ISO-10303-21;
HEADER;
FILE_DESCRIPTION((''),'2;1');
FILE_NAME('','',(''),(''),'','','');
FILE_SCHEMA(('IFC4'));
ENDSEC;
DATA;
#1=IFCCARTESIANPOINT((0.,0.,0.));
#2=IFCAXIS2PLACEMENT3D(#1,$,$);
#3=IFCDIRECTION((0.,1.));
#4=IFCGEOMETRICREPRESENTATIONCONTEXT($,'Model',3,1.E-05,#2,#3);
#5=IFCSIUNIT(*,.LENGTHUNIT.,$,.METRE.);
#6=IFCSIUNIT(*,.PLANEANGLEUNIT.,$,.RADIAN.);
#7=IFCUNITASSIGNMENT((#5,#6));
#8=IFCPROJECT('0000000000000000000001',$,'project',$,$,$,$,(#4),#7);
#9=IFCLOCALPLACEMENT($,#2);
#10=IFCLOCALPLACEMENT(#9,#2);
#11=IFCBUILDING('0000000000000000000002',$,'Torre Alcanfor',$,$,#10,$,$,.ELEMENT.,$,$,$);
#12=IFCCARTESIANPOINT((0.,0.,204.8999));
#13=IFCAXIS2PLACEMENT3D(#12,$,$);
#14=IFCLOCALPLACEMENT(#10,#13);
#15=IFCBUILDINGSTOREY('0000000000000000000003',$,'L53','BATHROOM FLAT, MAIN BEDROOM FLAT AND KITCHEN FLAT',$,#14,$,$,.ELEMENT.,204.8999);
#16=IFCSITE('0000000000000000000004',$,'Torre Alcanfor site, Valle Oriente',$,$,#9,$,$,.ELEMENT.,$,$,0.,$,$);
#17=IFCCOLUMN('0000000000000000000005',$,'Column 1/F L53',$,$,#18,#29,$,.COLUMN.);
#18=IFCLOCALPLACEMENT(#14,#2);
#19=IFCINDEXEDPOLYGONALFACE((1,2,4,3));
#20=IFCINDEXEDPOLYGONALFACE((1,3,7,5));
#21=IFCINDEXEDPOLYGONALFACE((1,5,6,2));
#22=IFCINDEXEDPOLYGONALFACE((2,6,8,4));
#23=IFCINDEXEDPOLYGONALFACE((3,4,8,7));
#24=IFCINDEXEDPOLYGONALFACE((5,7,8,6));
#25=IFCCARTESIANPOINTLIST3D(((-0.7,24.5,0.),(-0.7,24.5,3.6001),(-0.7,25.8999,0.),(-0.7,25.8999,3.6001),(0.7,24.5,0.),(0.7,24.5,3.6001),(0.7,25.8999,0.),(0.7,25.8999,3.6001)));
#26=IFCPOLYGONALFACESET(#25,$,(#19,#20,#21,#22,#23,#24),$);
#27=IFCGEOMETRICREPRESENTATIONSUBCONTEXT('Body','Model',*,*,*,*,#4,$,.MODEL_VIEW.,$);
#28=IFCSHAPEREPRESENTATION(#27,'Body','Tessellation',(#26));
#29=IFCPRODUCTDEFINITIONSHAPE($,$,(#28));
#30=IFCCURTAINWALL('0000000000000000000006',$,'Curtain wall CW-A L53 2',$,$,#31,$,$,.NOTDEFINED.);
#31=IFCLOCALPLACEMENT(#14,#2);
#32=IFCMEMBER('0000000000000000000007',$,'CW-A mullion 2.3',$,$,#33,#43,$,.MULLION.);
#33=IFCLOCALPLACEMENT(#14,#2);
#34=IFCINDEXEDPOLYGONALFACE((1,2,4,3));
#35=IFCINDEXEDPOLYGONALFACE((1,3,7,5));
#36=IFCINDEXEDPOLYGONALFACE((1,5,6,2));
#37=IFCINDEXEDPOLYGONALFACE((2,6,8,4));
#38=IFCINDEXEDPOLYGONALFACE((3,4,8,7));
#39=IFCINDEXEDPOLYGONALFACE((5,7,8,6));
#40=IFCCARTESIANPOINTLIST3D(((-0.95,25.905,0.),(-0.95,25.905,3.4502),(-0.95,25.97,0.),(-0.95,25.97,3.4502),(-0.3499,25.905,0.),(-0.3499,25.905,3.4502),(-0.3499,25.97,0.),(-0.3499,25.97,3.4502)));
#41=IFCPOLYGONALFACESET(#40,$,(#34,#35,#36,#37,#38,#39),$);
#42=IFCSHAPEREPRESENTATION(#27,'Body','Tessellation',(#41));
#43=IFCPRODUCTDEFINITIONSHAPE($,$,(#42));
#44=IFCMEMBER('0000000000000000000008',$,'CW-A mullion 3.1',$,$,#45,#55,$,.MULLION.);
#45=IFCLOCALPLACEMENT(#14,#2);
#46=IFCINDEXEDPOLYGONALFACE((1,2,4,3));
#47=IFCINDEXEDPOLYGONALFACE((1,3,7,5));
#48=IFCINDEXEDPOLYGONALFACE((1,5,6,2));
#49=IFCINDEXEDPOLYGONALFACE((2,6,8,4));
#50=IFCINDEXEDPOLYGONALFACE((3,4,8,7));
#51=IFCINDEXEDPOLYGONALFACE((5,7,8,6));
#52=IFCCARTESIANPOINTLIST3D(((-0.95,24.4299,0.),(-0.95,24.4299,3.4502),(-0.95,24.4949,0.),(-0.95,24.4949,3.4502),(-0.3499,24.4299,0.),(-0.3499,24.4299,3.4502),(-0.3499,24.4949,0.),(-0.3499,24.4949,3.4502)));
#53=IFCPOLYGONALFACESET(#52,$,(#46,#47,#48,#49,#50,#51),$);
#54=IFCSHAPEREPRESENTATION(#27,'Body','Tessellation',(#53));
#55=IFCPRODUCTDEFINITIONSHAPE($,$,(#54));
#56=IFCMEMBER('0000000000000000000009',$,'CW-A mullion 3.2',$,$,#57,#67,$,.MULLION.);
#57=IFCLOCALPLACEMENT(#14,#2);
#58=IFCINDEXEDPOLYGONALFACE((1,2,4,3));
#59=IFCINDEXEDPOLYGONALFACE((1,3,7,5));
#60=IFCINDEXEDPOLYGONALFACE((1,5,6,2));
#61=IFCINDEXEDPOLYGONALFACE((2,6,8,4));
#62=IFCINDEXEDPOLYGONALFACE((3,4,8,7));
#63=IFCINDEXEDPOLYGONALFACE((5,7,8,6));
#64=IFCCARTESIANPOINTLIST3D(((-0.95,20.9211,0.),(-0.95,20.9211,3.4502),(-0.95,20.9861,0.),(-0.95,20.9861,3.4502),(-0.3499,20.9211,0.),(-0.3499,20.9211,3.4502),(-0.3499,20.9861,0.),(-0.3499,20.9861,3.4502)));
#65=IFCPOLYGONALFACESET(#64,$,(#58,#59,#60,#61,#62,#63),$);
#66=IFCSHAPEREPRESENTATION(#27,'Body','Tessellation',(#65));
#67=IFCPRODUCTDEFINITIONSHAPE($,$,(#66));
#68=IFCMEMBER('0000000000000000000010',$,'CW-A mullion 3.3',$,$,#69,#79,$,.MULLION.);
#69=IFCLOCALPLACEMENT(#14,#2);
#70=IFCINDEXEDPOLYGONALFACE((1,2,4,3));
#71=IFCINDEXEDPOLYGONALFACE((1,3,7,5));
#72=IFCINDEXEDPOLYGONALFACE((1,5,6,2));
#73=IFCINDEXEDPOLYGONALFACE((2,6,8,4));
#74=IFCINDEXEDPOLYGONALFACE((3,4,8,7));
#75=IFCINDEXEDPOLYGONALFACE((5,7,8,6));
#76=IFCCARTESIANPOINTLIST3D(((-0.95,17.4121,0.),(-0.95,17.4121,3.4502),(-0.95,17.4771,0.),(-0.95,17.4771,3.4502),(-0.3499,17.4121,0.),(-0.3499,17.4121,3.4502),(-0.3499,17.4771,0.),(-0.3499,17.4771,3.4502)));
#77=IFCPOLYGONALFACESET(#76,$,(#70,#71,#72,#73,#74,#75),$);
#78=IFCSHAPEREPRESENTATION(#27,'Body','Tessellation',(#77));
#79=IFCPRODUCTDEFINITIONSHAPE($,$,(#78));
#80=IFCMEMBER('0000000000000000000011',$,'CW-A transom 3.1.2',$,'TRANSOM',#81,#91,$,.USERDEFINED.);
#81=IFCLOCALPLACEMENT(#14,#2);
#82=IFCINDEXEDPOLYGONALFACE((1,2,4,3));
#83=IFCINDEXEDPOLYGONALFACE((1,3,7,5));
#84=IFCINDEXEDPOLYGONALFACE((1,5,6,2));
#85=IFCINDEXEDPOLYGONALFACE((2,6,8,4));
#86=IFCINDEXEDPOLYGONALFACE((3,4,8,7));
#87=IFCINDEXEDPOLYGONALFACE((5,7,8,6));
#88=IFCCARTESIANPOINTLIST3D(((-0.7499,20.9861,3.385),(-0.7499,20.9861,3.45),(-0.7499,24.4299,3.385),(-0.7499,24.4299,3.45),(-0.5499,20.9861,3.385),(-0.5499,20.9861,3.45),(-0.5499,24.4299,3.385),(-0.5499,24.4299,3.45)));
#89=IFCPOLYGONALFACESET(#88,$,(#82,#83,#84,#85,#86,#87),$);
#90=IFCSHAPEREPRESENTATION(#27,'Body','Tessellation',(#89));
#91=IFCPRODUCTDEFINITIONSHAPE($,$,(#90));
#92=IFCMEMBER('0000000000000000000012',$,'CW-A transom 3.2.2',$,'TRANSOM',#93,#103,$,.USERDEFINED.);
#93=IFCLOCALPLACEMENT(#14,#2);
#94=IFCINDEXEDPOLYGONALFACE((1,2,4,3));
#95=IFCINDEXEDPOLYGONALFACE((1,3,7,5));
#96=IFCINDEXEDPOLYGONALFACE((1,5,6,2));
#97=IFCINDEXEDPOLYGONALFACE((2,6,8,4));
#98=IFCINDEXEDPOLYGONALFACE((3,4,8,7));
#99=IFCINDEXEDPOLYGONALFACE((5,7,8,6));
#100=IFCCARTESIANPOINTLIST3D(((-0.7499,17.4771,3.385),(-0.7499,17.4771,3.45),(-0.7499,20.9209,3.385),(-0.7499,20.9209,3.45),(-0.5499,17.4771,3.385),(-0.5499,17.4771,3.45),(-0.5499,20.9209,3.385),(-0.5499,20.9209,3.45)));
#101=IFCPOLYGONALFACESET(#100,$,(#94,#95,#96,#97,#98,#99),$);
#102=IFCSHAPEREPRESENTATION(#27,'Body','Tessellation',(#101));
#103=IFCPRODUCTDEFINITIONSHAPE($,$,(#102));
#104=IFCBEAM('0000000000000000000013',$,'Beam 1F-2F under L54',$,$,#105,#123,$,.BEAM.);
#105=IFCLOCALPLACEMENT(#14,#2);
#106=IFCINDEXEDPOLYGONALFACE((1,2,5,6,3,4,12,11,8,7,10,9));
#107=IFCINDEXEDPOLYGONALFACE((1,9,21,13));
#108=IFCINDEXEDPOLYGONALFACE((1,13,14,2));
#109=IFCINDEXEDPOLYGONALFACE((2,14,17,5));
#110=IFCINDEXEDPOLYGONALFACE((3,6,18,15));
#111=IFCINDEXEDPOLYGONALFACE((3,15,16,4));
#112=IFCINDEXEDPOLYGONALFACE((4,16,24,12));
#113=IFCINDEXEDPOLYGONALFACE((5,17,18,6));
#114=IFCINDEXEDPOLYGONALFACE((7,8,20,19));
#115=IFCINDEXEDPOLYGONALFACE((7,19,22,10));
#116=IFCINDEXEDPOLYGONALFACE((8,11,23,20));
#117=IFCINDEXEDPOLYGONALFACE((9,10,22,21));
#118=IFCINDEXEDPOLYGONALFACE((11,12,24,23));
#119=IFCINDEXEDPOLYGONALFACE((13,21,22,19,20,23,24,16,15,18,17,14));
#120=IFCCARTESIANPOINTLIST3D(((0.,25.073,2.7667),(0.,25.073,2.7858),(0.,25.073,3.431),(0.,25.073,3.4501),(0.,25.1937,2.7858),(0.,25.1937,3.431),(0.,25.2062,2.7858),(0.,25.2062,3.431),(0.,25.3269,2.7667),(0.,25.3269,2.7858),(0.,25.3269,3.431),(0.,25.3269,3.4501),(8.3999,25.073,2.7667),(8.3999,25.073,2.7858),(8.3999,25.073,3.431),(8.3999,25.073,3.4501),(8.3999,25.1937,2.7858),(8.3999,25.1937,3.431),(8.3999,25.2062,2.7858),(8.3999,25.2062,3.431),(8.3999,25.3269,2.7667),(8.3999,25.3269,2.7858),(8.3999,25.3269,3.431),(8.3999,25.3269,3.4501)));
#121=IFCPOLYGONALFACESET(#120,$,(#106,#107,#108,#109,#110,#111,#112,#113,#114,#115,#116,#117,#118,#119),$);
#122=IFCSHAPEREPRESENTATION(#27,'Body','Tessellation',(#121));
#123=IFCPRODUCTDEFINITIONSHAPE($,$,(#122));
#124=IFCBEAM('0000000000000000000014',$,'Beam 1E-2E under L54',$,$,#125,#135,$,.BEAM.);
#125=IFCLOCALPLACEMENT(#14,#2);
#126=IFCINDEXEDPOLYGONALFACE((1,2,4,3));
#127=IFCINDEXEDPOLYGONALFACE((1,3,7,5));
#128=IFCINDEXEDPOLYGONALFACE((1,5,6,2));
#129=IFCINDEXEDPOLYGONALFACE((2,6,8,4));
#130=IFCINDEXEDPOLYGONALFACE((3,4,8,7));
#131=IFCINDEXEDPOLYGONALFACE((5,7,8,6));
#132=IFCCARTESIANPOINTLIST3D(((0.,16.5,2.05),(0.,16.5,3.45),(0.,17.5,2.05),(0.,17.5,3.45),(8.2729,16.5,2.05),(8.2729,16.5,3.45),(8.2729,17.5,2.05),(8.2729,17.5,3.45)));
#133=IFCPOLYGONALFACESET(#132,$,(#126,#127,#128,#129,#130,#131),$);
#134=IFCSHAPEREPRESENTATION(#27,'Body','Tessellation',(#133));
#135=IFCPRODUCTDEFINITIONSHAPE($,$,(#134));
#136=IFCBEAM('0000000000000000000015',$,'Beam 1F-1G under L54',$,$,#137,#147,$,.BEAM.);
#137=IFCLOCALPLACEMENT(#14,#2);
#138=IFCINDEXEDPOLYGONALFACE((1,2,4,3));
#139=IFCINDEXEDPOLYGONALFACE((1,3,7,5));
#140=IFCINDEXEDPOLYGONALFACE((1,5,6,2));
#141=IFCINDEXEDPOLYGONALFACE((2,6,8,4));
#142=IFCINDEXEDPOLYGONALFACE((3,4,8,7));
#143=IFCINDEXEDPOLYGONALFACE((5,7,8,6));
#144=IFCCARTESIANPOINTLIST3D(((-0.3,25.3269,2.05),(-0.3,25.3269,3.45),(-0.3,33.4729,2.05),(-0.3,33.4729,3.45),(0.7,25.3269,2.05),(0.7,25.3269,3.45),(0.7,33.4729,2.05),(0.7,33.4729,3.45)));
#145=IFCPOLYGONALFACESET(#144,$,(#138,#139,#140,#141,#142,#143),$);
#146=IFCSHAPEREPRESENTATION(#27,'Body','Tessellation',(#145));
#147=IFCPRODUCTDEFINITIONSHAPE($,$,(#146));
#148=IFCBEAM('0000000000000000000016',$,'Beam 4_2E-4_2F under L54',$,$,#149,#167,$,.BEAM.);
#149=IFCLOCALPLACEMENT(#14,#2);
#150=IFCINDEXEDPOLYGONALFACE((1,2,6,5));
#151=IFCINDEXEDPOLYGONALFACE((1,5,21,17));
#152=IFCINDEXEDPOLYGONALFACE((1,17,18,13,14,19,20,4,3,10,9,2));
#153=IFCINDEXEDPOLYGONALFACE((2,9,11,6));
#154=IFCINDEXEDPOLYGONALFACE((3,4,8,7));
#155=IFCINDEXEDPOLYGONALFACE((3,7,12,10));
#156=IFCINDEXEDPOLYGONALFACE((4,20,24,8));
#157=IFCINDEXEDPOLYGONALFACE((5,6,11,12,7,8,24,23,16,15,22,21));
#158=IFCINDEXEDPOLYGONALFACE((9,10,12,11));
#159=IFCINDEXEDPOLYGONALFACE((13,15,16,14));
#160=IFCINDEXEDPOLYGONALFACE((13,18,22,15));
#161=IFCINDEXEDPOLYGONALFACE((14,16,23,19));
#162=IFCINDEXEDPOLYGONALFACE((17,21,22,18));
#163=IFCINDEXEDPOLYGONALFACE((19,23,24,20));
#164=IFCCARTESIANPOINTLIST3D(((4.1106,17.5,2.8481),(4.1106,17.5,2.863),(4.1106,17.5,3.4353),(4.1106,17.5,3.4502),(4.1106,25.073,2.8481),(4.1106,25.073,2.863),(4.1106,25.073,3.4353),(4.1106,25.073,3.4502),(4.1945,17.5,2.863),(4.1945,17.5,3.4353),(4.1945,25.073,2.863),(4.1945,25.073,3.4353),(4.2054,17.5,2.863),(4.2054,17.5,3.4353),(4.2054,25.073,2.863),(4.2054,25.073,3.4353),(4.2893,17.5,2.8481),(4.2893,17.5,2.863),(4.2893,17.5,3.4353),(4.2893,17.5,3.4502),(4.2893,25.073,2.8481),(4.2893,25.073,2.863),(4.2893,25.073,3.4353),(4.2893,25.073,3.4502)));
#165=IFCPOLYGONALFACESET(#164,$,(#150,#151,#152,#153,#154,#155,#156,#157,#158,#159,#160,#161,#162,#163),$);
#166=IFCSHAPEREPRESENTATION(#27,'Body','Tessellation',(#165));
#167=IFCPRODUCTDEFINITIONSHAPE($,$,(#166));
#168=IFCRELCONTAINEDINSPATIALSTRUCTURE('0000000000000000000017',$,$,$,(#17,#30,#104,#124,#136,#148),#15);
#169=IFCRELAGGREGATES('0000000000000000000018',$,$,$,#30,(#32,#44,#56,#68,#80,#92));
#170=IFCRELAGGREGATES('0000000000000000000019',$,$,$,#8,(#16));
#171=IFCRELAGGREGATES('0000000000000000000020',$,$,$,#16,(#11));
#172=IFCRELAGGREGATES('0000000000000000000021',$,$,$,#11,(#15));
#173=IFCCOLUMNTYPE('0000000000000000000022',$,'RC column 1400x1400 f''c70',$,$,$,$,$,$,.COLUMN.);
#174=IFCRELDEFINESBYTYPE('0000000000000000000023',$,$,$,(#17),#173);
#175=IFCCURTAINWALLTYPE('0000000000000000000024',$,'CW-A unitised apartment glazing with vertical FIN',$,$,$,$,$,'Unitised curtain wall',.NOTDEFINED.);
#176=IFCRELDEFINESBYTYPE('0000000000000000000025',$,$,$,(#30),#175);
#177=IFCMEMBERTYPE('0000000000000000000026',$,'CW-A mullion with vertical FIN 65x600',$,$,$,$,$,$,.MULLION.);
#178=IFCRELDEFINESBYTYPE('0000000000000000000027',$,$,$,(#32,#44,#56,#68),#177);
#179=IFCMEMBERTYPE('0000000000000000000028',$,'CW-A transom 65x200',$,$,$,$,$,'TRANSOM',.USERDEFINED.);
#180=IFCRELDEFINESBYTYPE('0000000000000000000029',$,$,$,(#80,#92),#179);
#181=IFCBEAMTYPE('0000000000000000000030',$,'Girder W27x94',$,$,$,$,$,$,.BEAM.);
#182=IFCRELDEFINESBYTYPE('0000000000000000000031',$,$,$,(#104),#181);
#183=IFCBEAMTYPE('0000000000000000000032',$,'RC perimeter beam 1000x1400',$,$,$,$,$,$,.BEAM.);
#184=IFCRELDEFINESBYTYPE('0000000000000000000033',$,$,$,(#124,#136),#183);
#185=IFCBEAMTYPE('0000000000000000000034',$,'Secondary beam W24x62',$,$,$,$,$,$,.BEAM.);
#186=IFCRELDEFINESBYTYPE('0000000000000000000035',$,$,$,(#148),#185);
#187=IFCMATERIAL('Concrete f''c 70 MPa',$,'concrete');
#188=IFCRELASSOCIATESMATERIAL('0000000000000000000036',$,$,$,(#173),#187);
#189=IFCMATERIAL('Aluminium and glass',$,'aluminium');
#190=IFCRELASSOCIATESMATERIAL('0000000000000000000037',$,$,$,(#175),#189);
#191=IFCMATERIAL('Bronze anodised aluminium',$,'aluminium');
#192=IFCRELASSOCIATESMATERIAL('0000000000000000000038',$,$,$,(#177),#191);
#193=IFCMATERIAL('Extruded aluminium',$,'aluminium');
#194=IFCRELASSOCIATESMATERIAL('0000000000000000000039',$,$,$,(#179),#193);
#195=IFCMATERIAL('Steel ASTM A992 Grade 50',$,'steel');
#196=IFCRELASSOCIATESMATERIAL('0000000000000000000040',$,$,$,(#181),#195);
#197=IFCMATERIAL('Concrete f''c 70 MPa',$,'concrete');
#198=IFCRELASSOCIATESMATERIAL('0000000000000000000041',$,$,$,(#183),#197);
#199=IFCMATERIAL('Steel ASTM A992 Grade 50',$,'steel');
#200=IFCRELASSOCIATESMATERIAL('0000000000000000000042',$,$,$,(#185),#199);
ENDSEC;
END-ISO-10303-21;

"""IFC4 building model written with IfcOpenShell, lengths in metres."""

from ifc_helpers import new_model, si_unit, direction, frame, origin, origin_2d, place, context, subcontext, project, spatial, rectangle, i_section, extrude, material, material_profile, profile_set, type_object, element, aggregate, save


model = new_model("IFC4")

# Units and contexts
model_context = context("Model", 3, precision=1e-05, world=origin(), true_north=direction((0.0, 1.0)))
body_context = subcontext(model_context, "Body", "Model", "MODEL_VIEW")
ifc_project = project(units=[si_unit("LENGTHUNIT", "METRE"), si_unit("PLANEANGLEUNIT", "RADIAN")], contexts=[model_context])

# Site, building, storey
site_placement = place(None, origin())
site = spatial("IfcSite", under=ifc_project, at=site_placement, Name="Torre Alcanfor site, Valle Oriente", CompositionType="ELEMENT", RefElevation=0.0)
building_placement = place(site_placement, origin())
building = spatial("IfcBuilding", under=site, at=building_placement, Name="Torre Alcanfor", CompositionType="ELEMENT")
storey_placement = place(building_placement, frame((0.0, 0.0, 204.8999)))
storey = spatial("IfcBuildingStorey", under=building, at=storey_placement, Name="L53", Description="BATHROOM FLAT, MAIN BEDROOM FLAT AND KITCHEN FLAT", CompositionType="ELEMENT", Elevation=204.8999)

# Column
ifc_material_1 = material(Name="Concrete f'c 70 MPa", Category="concrete")
ifc_material_profile_1 = material_profile(ifc_material_1, rectangle(XDim=1.3999, YDim=1.3999, at=origin_2d()), Name="1400x1400")
ifc_profile_set_1 = profile_set([ifc_material_profile_1], Name="Concrete f'c 70 MPa")
column_type = type_object("IfcColumnType", Name="RC column 1400x1400 f'c70", PredefinedType="COLUMN", material=ifc_profile_set_1)
column_placement = place(storey_placement, frame((0.0, 25.2, 0.0), z_axis=(0.0, 0.0, 1.0), x_axis=(1.0, 0.0, 0.0)))
element("IfcColumn", 1, at=column_placement, inside=storey, type_object=column_type, Name="Column 1/F L53", PredefinedType="COLUMN", context=body_context, shape_type="SweptSolid", body=[
    extrude(rectangle(XDim=1.3999, YDim=1.3999, at=origin_2d()), origin(), (0.0, 0.0, 1.0), 3.6001),
])

# Curtain wall, members
ifc_material_2 = material(Name="Aluminium and glass", Category="aluminium")
curtain_wall_type = type_object("IfcCurtainWallType", Name="CW-A unitised apartment glazing with vertical FIN", ElementType="Unitised curtain wall", PredefinedType="NOTDEFINED", material=ifc_material_2)
curtain_wall_placement = place(storey_placement, origin())
curtain_wall = element("IfcCurtainWall", 2, at=curtain_wall_placement, inside=storey, type_object=curtain_wall_type, Name="Curtain wall CW-A L53 2", PredefinedType="NOTDEFINED")
ifc_material_3 = material(Name="Bronze anodised aluminium", Category="aluminium")
ifc_material_profile_2 = material_profile(ifc_material_3, rectangle(XDim=0.6001, YDim=0.0649, at=origin_2d()), Name="CW-A mullion 65x600")
ifc_profile_set_2 = profile_set([ifc_material_profile_2], Name="Bronze anodised aluminium")
member_type_1 = type_object("IfcMemberType", Name="CW-A mullion with vertical FIN 65x600", PredefinedType="MULLION", material=ifc_profile_set_2)
member_1_placement = place(storey_placement, frame((-0.6499, 25.9375, 0.0), z_axis=(0.0, 0.0, 1.0), x_axis=(1.0, 0.0, 0.0)))
member_1 = element("IfcMember", 3, at=member_1_placement, type_object=member_type_1, Name="CW-A mullion 2.3", PredefinedType="MULLION", context=body_context, shape_type="SweptSolid", body=[
    extrude(rectangle(XDim=0.6001, YDim=0.0649, at=origin_2d()), origin(), (0.0, 0.0, 1.0), 3.4502),
])
member_2_placement = place(storey_placement, frame((-0.6499, 24.4624, 0.0), z_axis=(0.0, 0.0, 1.0), x_axis=(1.0, 0.0, 0.0)))
member_2 = element("IfcMember", 4, at=member_2_placement, type_object=member_type_1, Name="CW-A mullion 3.1", PredefinedType="MULLION", context=body_context, shape_type="SweptSolid", body=[
    extrude(rectangle(XDim=0.6001, YDim=0.0649, at=origin_2d()), origin(), (0.0, 0.0, 1.0), 3.4502),
])
member_3_placement = place(storey_placement, frame((-0.6499, 20.9536, 0.0), z_axis=(0.0, 0.0, 1.0), x_axis=(1.0, 0.0, 0.0)))
member_3 = element("IfcMember", 5, at=member_3_placement, type_object=member_type_1, Name="CW-A mullion 3.2", PredefinedType="MULLION", context=body_context, shape_type="SweptSolid", body=[
    extrude(rectangle(XDim=0.6001, YDim=0.0649, at=origin_2d()), origin(), (0.0, 0.0, 1.0), 3.4502),
])
member_4_placement = place(storey_placement, frame((-0.6499, 17.4446, 0.0), z_axis=(0.0, 0.0, 1.0), x_axis=(1.0, 0.0, 0.0)))
member_4 = element("IfcMember", 6, at=member_4_placement, type_object=member_type_1, Name="CW-A mullion 3.3", PredefinedType="MULLION", context=body_context, shape_type="SweptSolid", body=[
    extrude(rectangle(XDim=0.6001, YDim=0.0649, at=origin_2d()), origin(), (0.0, 0.0, 1.0), 3.4502),
])
ifc_material_4 = material(Name="Extruded aluminium", Category="aluminium")
ifc_material_profile_3 = material_profile(ifc_material_4, rectangle(XDim=0.2, YDim=0.0649, at=origin_2d()), Name="CW-A transom 200x65")
ifc_profile_set_3 = profile_set([ifc_material_profile_3], Name="Extruded aluminium")
member_type_2 = type_object("IfcMemberType", Name="CW-A transom 65x200", ElementType="TRANSOM", PredefinedType="USERDEFINED", material=ifc_profile_set_3)
member_5_placement = place(storey_placement, frame((-0.6499, 24.4299, 3.4175), z_axis=(0.0, -1.0, 0.0), x_axis=(1.0, 0.0, 0.0)))
member_5 = element("IfcMember", 7, at=member_5_placement, type_object=member_type_2, Name="CW-A transom 3.1.2", ObjectType="TRANSOM", PredefinedType="USERDEFINED", context=body_context, shape_type="SweptSolid", body=[
    extrude(rectangle(XDim=0.2, YDim=0.0649, at=origin_2d()), origin(), (0.0, 0.0, 1.0), 3.4438),
])
member_6_placement = place(storey_placement, frame((-0.6499, 20.9209, 3.4175), z_axis=(0.0, -1.0, 0.0), x_axis=(1.0, 0.0, 0.0)))
member_6 = element("IfcMember", 8, at=member_6_placement, type_object=member_type_2, Name="CW-A transom 3.2.2", ObjectType="TRANSOM", PredefinedType="USERDEFINED", context=body_context, shape_type="SweptSolid", body=[
    extrude(rectangle(XDim=0.2, YDim=0.0649, at=origin_2d()), origin(), (0.0, 0.0, 1.0), 3.4438),
])

# Beams
ifc_material_5 = material(Name="Steel ASTM A992 Grade 50", Category="steel")
ifc_material_profile_4 = material_profile(ifc_material_5, i_section(OverallWidth=0.2539, OverallDepth=0.6833, WebThickness=0.0125, FlangeThickness=0.019, at=origin_2d()), Name="W27x94")
ifc_profile_set_4 = profile_set([ifc_material_profile_4], Name="Steel ASTM A992 Grade 50")
beam_type_1 = type_object("IfcBeamType", Name="Girder W27x94", PredefinedType="BEAM", material=ifc_profile_set_4)
beam_1_placement = place(storey_placement, frame((0.0, 25.2, 3.1084), z_axis=(1.0, 0.0, 0.0), x_axis=(0.0, 1.0, 0.0)))
element("IfcBeam", 9, at=beam_1_placement, inside=storey, type_object=beam_type_1, Name="Beam 1F-2F under L54", PredefinedType="BEAM", context=body_context, shape_type="SweptSolid", body=[
    extrude(i_section(OverallWidth=0.2539, OverallDepth=0.6833, WebThickness=0.0125, FlangeThickness=0.019, at=origin_2d()), origin(), (0.0, 0.0, 1.0), 8.3999),
])
ifc_material_6 = material(Name="Concrete f'c 70 MPa", Category="concrete")
ifc_material_profile_5 = material_profile(ifc_material_6, rectangle(XDim=1.0, YDim=1.3999, at=origin_2d()), Name="1000x1400")
ifc_profile_set_5 = profile_set([ifc_material_profile_5], Name="Concrete f'c 70 MPa")
beam_type_2 = type_object("IfcBeamType", Name="RC perimeter beam 1000x1400", PredefinedType="BEAM", material=ifc_profile_set_5)
beam_2_placement = place(storey_placement, frame((0.0, 17.0, 2.75), z_axis=(1.0, 0.0, 0.0), x_axis=(0.0, 1.0, 0.0)))
element("IfcBeam", 10, at=beam_2_placement, inside=storey, type_object=beam_type_2, Name="Beam 1E-2E under L54", PredefinedType="BEAM", context=body_context, shape_type="SweptSolid", body=[
    extrude(rectangle(XDim=1.0, YDim=1.3999, at=origin_2d()), origin(), (0.0, 0.0, 1.0), 8.2729),
])
beam_3_placement = place(storey_placement, frame((0.2, 25.3269, 2.75), z_axis=(0.0, 1.0, 0.0), x_axis=(-1.0, 0.0, 0.0)))
element("IfcBeam", 11, at=beam_3_placement, inside=storey, type_object=beam_type_2, Name="Beam 1F-1G under L54", PredefinedType="BEAM", context=body_context, shape_type="SweptSolid", body=[
    extrude(rectangle(XDim=1.0, YDim=1.3999, at=origin_2d()), origin(), (0.0, 0.0, 1.0), 8.146),
])
ifc_material_7 = material(Name="Steel ASTM A992 Grade 50", Category="steel")
ifc_material_profile_6 = material_profile(ifc_material_7, i_section(OverallWidth=0.1787, OverallDepth=0.6021, WebThickness=0.011, FlangeThickness=0.0149, at=origin_2d()), Name="W24x62")
ifc_profile_set_6 = profile_set([ifc_material_profile_6], Name="Steel ASTM A992 Grade 50")
beam_type_3 = type_object("IfcBeamType", Name="Secondary beam W24x62", PredefinedType="BEAM", material=ifc_profile_set_6)
beam_4_placement = place(storey_placement, frame((4.2, 17.5, 3.1492), z_axis=(0.0, 1.0, 0.0), x_axis=(-1.0, 0.0, 0.0)))
element("IfcBeam", 12, at=beam_4_placement, inside=storey, type_object=beam_type_3, Name="Beam 4_2E-4_2F under L54", PredefinedType="BEAM", context=body_context, shape_type="SweptSolid", body=[
    extrude(i_section(OverallWidth=0.1787, OverallDepth=0.6021, WebThickness=0.011, FlangeThickness=0.0149, at=origin_2d()), origin(), (0.0, 0.0, 1.0), 7.573),
])

aggregate(curtain_wall, [member_1, member_2, member_3, member_4, member_5, member_6])

save(model, "model.ifc")
